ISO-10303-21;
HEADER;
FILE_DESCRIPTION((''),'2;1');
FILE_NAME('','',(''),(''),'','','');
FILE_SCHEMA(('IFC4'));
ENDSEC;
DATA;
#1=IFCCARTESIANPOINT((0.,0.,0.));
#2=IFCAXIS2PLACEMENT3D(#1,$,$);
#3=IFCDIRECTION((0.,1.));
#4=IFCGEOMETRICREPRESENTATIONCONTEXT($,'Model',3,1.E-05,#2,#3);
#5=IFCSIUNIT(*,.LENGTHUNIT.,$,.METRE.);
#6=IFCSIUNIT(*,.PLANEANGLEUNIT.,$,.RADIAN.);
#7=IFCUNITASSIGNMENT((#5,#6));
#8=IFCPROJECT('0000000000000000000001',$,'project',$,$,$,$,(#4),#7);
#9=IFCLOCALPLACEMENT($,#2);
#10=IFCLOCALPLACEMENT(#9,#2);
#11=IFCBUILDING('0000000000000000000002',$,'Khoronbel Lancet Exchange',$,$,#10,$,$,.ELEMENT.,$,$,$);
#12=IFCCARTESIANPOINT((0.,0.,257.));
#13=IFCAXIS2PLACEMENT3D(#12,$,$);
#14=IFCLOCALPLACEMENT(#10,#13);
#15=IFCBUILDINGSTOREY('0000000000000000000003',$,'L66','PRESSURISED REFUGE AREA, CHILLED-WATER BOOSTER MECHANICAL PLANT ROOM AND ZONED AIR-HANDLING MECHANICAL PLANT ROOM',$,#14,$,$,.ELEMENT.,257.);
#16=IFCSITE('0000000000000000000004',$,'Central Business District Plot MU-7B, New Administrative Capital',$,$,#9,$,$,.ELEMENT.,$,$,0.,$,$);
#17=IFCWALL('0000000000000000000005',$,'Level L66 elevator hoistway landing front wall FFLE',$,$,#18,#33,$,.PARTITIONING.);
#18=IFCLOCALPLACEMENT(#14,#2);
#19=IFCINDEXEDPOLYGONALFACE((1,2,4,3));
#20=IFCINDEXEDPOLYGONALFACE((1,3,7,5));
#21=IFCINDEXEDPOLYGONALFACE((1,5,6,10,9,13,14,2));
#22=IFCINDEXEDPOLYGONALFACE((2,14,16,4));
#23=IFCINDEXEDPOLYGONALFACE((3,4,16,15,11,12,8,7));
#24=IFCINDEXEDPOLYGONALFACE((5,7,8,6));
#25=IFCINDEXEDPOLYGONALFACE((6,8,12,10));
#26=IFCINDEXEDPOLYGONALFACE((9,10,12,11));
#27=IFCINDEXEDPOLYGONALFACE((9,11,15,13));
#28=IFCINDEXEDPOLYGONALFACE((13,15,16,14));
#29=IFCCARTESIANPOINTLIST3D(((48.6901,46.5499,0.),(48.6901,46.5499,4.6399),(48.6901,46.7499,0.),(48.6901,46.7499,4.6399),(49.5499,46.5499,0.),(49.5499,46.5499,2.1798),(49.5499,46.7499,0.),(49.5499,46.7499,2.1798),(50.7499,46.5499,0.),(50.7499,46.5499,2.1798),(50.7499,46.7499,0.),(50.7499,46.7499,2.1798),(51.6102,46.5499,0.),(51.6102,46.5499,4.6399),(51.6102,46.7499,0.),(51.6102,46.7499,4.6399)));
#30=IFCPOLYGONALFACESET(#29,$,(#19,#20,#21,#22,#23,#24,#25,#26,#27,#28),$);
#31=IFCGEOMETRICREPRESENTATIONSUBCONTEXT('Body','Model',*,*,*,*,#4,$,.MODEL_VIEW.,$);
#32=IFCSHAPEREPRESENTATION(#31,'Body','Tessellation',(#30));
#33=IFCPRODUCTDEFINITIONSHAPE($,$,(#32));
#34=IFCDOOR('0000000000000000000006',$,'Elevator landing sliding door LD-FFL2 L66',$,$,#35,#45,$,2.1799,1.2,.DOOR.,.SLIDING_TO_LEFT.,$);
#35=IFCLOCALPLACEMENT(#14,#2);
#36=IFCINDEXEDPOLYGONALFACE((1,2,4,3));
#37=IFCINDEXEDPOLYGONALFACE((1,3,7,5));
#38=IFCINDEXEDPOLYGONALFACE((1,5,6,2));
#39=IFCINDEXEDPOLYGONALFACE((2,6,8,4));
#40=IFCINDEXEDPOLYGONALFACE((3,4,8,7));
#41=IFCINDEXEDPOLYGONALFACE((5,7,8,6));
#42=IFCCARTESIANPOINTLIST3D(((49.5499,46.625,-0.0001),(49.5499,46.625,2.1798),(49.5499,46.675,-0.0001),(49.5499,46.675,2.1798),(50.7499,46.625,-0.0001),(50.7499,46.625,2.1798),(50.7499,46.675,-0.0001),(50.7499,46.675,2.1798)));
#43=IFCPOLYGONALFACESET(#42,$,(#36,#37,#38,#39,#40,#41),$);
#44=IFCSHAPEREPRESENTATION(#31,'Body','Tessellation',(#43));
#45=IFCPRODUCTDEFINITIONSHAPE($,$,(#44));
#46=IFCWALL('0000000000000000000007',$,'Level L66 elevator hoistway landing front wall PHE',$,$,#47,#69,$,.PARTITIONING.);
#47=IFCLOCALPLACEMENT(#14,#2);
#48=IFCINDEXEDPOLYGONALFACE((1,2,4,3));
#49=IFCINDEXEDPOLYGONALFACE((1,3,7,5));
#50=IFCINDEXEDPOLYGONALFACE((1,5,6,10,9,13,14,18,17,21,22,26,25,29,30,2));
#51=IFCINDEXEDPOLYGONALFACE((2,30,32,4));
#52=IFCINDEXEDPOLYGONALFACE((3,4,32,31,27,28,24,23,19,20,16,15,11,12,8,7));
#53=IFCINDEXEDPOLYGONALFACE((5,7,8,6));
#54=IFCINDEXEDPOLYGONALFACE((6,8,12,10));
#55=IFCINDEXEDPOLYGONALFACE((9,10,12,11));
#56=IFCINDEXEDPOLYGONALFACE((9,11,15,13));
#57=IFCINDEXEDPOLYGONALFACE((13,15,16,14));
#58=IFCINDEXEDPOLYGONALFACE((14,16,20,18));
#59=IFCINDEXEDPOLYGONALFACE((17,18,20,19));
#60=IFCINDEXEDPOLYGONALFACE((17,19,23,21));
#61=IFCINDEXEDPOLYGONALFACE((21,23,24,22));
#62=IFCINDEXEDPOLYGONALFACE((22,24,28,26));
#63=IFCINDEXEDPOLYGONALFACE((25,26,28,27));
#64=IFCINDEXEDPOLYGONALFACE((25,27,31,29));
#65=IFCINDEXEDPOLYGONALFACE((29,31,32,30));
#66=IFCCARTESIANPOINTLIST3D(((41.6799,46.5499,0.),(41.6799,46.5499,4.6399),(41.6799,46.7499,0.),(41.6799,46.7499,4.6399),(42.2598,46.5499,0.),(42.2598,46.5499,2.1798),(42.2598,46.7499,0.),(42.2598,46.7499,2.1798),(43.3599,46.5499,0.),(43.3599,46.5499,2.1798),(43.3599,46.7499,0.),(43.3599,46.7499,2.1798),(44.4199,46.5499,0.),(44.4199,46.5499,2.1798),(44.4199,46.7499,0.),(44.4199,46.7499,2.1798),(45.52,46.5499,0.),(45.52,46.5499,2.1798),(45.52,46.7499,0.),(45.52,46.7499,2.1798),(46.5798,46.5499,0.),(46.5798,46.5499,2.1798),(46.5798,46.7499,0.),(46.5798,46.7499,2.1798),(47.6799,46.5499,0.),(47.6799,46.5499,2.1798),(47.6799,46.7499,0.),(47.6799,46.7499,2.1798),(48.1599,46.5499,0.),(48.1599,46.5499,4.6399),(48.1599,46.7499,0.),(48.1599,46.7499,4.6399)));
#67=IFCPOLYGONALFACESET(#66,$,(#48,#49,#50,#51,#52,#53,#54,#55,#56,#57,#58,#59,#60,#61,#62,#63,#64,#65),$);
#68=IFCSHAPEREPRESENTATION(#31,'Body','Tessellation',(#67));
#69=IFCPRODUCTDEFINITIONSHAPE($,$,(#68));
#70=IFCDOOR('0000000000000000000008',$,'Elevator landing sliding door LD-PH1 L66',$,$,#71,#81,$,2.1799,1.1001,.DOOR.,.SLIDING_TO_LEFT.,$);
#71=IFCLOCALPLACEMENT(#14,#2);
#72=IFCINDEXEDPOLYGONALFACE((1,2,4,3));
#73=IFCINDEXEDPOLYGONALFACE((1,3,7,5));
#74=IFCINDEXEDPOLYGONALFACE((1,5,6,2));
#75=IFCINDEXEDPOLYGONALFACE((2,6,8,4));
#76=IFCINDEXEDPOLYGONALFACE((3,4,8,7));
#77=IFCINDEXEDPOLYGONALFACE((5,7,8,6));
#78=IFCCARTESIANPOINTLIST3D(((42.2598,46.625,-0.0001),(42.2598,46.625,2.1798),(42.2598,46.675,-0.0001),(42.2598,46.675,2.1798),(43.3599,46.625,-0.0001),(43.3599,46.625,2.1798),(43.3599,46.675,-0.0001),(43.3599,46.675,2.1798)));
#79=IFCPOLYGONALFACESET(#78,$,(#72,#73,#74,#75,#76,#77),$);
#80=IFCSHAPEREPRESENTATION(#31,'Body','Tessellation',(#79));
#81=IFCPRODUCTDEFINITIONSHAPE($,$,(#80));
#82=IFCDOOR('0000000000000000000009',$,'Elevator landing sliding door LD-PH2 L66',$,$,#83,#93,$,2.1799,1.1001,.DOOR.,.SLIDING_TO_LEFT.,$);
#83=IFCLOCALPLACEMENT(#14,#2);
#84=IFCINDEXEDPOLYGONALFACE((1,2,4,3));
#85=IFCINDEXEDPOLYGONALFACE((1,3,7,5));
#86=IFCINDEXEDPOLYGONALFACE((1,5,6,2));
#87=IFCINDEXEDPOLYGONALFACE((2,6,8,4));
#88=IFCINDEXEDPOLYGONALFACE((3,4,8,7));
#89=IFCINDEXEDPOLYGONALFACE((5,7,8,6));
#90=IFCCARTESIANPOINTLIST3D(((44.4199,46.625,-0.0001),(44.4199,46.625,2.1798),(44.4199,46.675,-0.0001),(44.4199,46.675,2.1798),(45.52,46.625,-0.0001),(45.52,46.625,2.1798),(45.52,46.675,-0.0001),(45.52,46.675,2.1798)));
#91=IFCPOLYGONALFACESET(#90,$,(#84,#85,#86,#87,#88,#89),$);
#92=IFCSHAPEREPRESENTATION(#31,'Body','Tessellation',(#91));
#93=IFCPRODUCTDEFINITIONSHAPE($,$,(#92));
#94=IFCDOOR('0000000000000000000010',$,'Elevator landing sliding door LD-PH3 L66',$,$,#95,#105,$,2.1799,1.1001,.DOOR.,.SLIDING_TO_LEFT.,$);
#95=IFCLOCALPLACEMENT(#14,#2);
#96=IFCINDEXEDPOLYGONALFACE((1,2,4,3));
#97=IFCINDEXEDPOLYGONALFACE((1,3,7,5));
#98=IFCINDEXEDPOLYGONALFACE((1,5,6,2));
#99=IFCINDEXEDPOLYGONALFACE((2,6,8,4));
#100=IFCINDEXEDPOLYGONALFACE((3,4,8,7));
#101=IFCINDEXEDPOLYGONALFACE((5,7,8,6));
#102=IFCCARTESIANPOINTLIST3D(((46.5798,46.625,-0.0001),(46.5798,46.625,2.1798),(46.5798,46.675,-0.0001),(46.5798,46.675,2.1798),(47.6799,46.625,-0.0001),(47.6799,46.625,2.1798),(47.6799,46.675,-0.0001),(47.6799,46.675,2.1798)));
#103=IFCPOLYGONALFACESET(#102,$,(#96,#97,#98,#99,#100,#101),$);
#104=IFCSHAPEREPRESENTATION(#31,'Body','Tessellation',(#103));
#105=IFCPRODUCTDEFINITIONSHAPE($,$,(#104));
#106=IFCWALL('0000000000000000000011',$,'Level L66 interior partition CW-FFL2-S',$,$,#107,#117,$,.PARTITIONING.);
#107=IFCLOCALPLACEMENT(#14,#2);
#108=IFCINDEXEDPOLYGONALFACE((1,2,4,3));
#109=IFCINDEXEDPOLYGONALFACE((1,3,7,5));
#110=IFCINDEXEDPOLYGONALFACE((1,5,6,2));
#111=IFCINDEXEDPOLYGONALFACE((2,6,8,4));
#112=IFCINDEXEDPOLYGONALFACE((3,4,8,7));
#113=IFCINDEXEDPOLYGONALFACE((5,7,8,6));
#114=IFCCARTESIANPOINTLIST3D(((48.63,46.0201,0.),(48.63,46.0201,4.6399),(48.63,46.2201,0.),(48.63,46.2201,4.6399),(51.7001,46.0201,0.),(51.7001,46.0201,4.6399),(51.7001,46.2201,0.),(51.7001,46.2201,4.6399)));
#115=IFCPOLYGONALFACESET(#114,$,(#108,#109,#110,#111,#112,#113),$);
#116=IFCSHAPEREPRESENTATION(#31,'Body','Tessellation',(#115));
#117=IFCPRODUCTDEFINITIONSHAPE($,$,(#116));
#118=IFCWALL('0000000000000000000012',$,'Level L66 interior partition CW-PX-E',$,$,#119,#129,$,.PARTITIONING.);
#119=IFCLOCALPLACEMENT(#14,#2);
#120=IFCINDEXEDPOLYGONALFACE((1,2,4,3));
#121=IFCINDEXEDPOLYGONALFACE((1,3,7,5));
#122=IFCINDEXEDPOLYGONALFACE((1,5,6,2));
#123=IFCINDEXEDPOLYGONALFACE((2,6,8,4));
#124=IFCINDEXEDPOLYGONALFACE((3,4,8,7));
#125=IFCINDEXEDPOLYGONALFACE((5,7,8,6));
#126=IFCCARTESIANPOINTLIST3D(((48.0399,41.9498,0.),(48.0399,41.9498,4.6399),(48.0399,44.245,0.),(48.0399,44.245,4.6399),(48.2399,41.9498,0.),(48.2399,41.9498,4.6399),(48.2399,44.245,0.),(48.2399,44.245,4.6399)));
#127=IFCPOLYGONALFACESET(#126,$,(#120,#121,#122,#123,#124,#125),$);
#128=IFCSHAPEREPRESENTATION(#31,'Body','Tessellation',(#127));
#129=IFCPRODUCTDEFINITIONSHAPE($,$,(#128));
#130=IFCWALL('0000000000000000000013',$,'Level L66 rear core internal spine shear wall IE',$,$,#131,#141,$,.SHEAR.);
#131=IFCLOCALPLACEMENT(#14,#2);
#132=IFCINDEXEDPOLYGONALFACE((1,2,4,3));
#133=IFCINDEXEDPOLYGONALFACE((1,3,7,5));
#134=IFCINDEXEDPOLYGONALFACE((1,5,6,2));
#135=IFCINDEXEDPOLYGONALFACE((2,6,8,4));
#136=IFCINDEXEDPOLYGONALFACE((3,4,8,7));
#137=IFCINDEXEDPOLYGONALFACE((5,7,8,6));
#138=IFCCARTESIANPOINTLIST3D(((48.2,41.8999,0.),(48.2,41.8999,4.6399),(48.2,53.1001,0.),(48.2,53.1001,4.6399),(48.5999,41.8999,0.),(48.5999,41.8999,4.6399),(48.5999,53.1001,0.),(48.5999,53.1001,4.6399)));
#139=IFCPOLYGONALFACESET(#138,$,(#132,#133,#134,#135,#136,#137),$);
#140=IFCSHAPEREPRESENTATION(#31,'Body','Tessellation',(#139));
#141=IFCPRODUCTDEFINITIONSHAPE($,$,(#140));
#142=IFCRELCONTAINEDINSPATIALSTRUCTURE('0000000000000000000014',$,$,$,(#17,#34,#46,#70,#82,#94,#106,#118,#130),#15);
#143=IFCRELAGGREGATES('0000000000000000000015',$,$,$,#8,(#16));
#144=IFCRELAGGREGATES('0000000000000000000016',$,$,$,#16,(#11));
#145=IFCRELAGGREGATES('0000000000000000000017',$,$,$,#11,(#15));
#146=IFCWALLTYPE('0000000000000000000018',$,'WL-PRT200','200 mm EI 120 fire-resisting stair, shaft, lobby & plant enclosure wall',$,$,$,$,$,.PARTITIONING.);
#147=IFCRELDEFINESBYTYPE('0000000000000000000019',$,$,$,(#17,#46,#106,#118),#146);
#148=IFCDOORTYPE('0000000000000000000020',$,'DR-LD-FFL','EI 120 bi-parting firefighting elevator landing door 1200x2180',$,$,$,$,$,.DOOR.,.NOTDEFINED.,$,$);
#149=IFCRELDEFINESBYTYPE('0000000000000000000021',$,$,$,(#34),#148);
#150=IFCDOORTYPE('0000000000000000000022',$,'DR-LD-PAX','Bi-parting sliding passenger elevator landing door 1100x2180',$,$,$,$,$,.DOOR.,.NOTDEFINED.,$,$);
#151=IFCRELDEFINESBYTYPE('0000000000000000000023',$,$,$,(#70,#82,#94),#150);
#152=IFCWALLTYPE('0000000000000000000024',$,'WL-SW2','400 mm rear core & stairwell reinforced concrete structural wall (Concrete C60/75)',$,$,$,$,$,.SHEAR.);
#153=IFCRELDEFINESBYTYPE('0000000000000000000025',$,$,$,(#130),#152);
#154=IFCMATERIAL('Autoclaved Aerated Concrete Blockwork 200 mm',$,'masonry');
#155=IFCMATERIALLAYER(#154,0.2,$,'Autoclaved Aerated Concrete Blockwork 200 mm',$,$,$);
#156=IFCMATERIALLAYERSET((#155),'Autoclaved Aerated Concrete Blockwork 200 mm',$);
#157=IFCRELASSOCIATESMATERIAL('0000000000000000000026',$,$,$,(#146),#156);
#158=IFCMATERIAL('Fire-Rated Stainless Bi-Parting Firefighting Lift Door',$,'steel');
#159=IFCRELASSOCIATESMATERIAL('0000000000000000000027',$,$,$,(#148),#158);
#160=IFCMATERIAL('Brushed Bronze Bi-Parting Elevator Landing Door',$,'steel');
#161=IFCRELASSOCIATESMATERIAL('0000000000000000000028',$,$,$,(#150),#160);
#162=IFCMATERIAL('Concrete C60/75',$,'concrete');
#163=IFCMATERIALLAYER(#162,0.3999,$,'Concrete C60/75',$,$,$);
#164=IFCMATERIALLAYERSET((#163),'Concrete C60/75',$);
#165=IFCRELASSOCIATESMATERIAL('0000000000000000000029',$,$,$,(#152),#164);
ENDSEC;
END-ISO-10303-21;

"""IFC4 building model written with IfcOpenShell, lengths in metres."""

from ifc_helpers import new_model, si_unit, direction, frame, frame_2d, origin, place, context, subcontext, project, spatial, rectangle, extrude, material, layer, layer_set, type_object, element, fill, save


model = new_model("IFC4")

# Units and contexts
model_context = context("Model", 3, precision=1e-05, world=origin(), true_north=direction((0.0, 1.0)))
body_context = subcontext(model_context, "Body", "Model", "MODEL_VIEW")
ifc_project = project(units=[si_unit("LENGTHUNIT", "METRE"), si_unit("PLANEANGLEUNIT", "RADIAN")], contexts=[model_context])

# Site, building, storey
site_placement = place(None, origin())
site = spatial("IfcSite", under=ifc_project, at=site_placement, Name="Central Business District Plot MU-7B, New Administrative Capital", CompositionType="ELEMENT", RefElevation=0.0)
building_placement = place(site_placement, origin())
building = spatial("IfcBuilding", under=site, at=building_placement, Name="Khoronbel Lancet Exchange", CompositionType="ELEMENT")
storey_placement = place(building_placement, frame((0.0, 0.0, 257.0)))
storey = spatial("IfcBuildingStorey", under=building, at=storey_placement, Name="L66", Description="PRESSURISED REFUGE AREA, CHILLED-WATER BOOSTER MECHANICAL PLANT ROOM AND ZONED AIR-HANDLING MECHANICAL PLANT ROOM", CompositionType="ELEMENT", Elevation=257.0)

# Wall, opening, door
ifc_material_1 = material(Name="Autoclaved Aerated Concrete Blockwork 200 mm", Category="masonry")
ifc_layer_1 = layer(ifc_material_1, 0.2, Name="Autoclaved Aerated Concrete Blockwork 200 mm")
ifc_layer_set_1 = layer_set([ifc_layer_1], Name="Autoclaved Aerated Concrete Blockwork 200 mm")
wall_type_1 = type_object("IfcWallType", Name="WL-PRT200", Description="200 mm EI 120 fire-resisting stair, shaft, lobby & plant enclosure wall", PredefinedType="PARTITIONING", material=ifc_layer_set_1)
wall_1_placement = place(storey_placement, frame((51.6101, 46.6499, 0.0), z_axis=(0.0, 0.0, 1.0), x_axis=(-1.0, 0.0, 0.0)))
wall_1 = element("IfcWall", 1, at=wall_1_placement, inside=storey, type_object=wall_type_1, Name="Level L66 elevator hoistway landing front wall FFLE", PredefinedType="PARTITIONING", context=body_context, shape_type="SweptSolid", body=[
    extrude(rectangle(XDim=2.9202, YDim=0.2, at=frame_2d((1.46, 0.0))), origin(), (0.0, 0.0, 1.0), 4.6399),
])
opening_1_placement = place(wall_1_placement, frame((0.8601, 0.0, 0.0)))
opening_1 = element("IfcOpeningElement", 2, at=opening_1_placement, cuts=wall_1, PredefinedType="OPENING", context=body_context, shape_type="SweptSolid", body=[
    extrude(rectangle(XDim=1.2, YDim=2.1799, at=frame_2d((0.6001, 1.0898))), frame((0.0, 0.1099, 0.0), z_axis=(0.0, -1.0, 0.0), x_axis=(1.0, 0.0, 0.0)), (0.0, 0.0, 1.0), 0.22),
])
ifc_material_2 = material(Name="Fire-Rated Stainless Bi-Parting Firefighting Lift Door", Category="steel")
door_type_1 = type_object("IfcDoorType", Name="DR-LD-FFL", Description="EI 120 bi-parting firefighting elevator landing door 1200x2180", OperationType="NOTDEFINED", PredefinedType="DOOR", material=ifc_material_2)
door_1_placement = place(opening_1_placement, origin())
door_1 = element("IfcDoor", 3, at=door_1_placement, inside=storey, type_object=door_type_1, Name="Elevator landing sliding door LD-FFL2 L66", OperationType="SLIDING_TO_LEFT", OverallHeight=2.1799, OverallWidth=1.2, PredefinedType="DOOR", context=body_context, shape_type="SweptSolid", body=[
    extrude(rectangle(XDim=1.2, YDim=2.1799, at=frame_2d((0.6001, 1.0898))), frame((0.0, 0.0249, 0.0), z_axis=(0.0, -1.0, 0.0), x_axis=(1.0, 0.0, 0.0)), (0.0, 0.0, 1.0), 0.05),
])
fill(opening_1, door_1)

# Wall, openings, doors
wall_2_placement = place(storey_placement, frame((48.1599, 46.6499, 0.0), z_axis=(0.0, 0.0, 1.0), x_axis=(-1.0, 0.0, 0.0)))
wall_2 = element("IfcWall", 4, at=wall_2_placement, inside=storey, type_object=wall_type_1, Name="Level L66 elevator hoistway landing front wall PHE", PredefinedType="PARTITIONING", context=body_context, shape_type="SweptSolid", body=[
    extrude(rectangle(XDim=6.48, YDim=0.2, at=frame_2d((3.24, 0.0))), origin(), (0.0, 0.0, 1.0), 4.6399),
])
opening_2_placement = place(wall_2_placement, frame((4.8, 0.0, 0.0)))
opening_2 = element("IfcOpeningElement", 5, at=opening_2_placement, cuts=wall_2, PredefinedType="OPENING", context=body_context, shape_type="SweptSolid", body=[
    extrude(rectangle(XDim=1.1001, YDim=2.1799, at=frame_2d((0.55, 1.0898))), frame((0.0, 0.1099, 0.0), z_axis=(0.0, -1.0, 0.0), x_axis=(1.0, 0.0, 0.0)), (0.0, 0.0, 1.0), 0.22),
])
opening_3_placement = place(wall_2_placement, frame((2.6399, 0.0, 0.0)))
opening_3 = element("IfcOpeningElement", 6, at=opening_3_placement, cuts=wall_2, PredefinedType="OPENING", context=body_context, shape_type="SweptSolid", body=[
    extrude(rectangle(XDim=1.1001, YDim=2.1799, at=frame_2d((0.55, 1.0898))), frame((0.0, 0.1099, 0.0), z_axis=(0.0, -1.0, 0.0), x_axis=(1.0, 0.0, 0.0)), (0.0, 0.0, 1.0), 0.22),
])
opening_4_placement = place(wall_2_placement, frame((0.48, 0.0, 0.0)))
opening_4 = element("IfcOpeningElement", 7, at=opening_4_placement, cuts=wall_2, PredefinedType="OPENING", context=body_context, shape_type="SweptSolid", body=[
    extrude(rectangle(XDim=1.1001, YDim=2.1799, at=frame_2d((0.55, 1.0898))), frame((0.0, 0.1099, 0.0), z_axis=(0.0, -1.0, 0.0), x_axis=(1.0, 0.0, 0.0)), (0.0, 0.0, 1.0), 0.22),
])
ifc_material_3 = material(Name="Brushed Bronze Bi-Parting Elevator Landing Door", Category="steel")
door_type_2 = type_object("IfcDoorType", Name="DR-LD-PAX", Description="Bi-parting sliding passenger elevator landing door 1100x2180", OperationType="NOTDEFINED", PredefinedType="DOOR", material=ifc_material_3)
door_2_placement = place(opening_2_placement, origin())
door_2 = element("IfcDoor", 8, at=door_2_placement, inside=storey, type_object=door_type_2, Name="Elevator landing sliding door LD-PH1 L66", OperationType="SLIDING_TO_LEFT", OverallHeight=2.1799, OverallWidth=1.1001, PredefinedType="DOOR", context=body_context, shape_type="SweptSolid", body=[
    extrude(rectangle(XDim=1.1001, YDim=2.1799, at=frame_2d((0.55, 1.0898))), frame((0.0, 0.0249, 0.0), z_axis=(0.0, -1.0, 0.0), x_axis=(1.0, 0.0, 0.0)), (0.0, 0.0, 1.0), 0.05),
])
fill(opening_2, door_2)
door_3_placement = place(opening_3_placement, origin())
door_3 = element("IfcDoor", 9, at=door_3_placement, inside=storey, type_object=door_type_2, Name="Elevator landing sliding door LD-PH2 L66", OperationType="SLIDING_TO_LEFT", OverallHeight=2.1799, OverallWidth=1.1001, PredefinedType="DOOR", context=body_context, shape_type="SweptSolid", body=[
    extrude(rectangle(XDim=1.1001, YDim=2.1799, at=frame_2d((0.55, 1.0898))), frame((0.0, 0.0249, 0.0), z_axis=(0.0, -1.0, 0.0), x_axis=(1.0, 0.0, 0.0)), (0.0, 0.0, 1.0), 0.05),
])
fill(opening_3, door_3)
door_4_placement = place(opening_4_placement, origin())
door_4 = element("IfcDoor", 10, at=door_4_placement, inside=storey, type_object=door_type_2, Name="Elevator landing sliding door LD-PH3 L66", OperationType="SLIDING_TO_LEFT", OverallHeight=2.1799, OverallWidth=1.1001, PredefinedType="DOOR", context=body_context, shape_type="SweptSolid", body=[
    extrude(rectangle(XDim=1.1001, YDim=2.1799, at=frame_2d((0.55, 1.0898))), frame((0.0, 0.0249, 0.0), z_axis=(0.0, -1.0, 0.0), x_axis=(1.0, 0.0, 0.0)), (0.0, 0.0, 1.0), 0.05),
])
fill(opening_4, door_4)

# Walls
wall_3_placement = place(storey_placement, frame((48.6299, 46.1201, 0.0), z_axis=(0.0, 0.0, 1.0), x_axis=(1.0, 0.0, 0.0)))
element("IfcWall", 11, at=wall_3_placement, inside=storey, type_object=wall_type_1, Name="Level L66 interior partition CW-FFL2-S", PredefinedType="PARTITIONING", context=body_context, shape_type="SweptSolid", body=[
    extrude(rectangle(XDim=3.0701, YDim=0.2, at=frame_2d((1.5352, 0.0))), origin(), (0.0, 0.0, 1.0), 4.6399),
])
wall_4_placement = place(storey_placement, frame((48.1399, 41.95, 0.0), z_axis=(0.0, 0.0, 1.0), x_axis=(0.0, 1.0, 0.0)))
element("IfcWall", 12, at=wall_4_placement, inside=storey, type_object=wall_type_1, Name="Level L66 interior partition CW-PX-E", PredefinedType="PARTITIONING", context=body_context, shape_type="SweptSolid", body=[
    extrude(rectangle(XDim=2.2952, YDim=0.2, at=frame_2d((1.1475, 0.0))), origin(), (0.0, 0.0, 1.0), 4.6399),
])
ifc_material_4 = material(Name="Concrete C60/75", Category="concrete")
ifc_layer_2 = layer(ifc_material_4, 0.3999, Name="Concrete C60/75")
ifc_layer_set_2 = layer_set([ifc_layer_2], Name="Concrete C60/75")
wall_type_2 = type_object("IfcWallType", Name="WL-SW2", Description="400 mm rear core & stairwell reinforced concrete structural wall (Concrete C60/75)", PredefinedType="SHEAR", material=ifc_layer_set_2)
wall_5_placement = place(storey_placement, frame((48.3999, 41.8999, 0.0), z_axis=(0.0, 0.0, 1.0), x_axis=(0.0, 1.0, 0.0)))
element("IfcWall", 13, at=wall_5_placement, inside=storey, type_object=wall_type_2, Name="Level L66 rear core internal spine shear wall IE", PredefinedType="SHEAR", context=body_context, shape_type="SweptSolid", body=[
    extrude(rectangle(XDim=11.2002, YDim=0.3999, at=frame_2d((5.6001, 0.0))), origin(), (0.0, 0.0, 1.0), 4.6399),
])

save(model, "model.ifc")
